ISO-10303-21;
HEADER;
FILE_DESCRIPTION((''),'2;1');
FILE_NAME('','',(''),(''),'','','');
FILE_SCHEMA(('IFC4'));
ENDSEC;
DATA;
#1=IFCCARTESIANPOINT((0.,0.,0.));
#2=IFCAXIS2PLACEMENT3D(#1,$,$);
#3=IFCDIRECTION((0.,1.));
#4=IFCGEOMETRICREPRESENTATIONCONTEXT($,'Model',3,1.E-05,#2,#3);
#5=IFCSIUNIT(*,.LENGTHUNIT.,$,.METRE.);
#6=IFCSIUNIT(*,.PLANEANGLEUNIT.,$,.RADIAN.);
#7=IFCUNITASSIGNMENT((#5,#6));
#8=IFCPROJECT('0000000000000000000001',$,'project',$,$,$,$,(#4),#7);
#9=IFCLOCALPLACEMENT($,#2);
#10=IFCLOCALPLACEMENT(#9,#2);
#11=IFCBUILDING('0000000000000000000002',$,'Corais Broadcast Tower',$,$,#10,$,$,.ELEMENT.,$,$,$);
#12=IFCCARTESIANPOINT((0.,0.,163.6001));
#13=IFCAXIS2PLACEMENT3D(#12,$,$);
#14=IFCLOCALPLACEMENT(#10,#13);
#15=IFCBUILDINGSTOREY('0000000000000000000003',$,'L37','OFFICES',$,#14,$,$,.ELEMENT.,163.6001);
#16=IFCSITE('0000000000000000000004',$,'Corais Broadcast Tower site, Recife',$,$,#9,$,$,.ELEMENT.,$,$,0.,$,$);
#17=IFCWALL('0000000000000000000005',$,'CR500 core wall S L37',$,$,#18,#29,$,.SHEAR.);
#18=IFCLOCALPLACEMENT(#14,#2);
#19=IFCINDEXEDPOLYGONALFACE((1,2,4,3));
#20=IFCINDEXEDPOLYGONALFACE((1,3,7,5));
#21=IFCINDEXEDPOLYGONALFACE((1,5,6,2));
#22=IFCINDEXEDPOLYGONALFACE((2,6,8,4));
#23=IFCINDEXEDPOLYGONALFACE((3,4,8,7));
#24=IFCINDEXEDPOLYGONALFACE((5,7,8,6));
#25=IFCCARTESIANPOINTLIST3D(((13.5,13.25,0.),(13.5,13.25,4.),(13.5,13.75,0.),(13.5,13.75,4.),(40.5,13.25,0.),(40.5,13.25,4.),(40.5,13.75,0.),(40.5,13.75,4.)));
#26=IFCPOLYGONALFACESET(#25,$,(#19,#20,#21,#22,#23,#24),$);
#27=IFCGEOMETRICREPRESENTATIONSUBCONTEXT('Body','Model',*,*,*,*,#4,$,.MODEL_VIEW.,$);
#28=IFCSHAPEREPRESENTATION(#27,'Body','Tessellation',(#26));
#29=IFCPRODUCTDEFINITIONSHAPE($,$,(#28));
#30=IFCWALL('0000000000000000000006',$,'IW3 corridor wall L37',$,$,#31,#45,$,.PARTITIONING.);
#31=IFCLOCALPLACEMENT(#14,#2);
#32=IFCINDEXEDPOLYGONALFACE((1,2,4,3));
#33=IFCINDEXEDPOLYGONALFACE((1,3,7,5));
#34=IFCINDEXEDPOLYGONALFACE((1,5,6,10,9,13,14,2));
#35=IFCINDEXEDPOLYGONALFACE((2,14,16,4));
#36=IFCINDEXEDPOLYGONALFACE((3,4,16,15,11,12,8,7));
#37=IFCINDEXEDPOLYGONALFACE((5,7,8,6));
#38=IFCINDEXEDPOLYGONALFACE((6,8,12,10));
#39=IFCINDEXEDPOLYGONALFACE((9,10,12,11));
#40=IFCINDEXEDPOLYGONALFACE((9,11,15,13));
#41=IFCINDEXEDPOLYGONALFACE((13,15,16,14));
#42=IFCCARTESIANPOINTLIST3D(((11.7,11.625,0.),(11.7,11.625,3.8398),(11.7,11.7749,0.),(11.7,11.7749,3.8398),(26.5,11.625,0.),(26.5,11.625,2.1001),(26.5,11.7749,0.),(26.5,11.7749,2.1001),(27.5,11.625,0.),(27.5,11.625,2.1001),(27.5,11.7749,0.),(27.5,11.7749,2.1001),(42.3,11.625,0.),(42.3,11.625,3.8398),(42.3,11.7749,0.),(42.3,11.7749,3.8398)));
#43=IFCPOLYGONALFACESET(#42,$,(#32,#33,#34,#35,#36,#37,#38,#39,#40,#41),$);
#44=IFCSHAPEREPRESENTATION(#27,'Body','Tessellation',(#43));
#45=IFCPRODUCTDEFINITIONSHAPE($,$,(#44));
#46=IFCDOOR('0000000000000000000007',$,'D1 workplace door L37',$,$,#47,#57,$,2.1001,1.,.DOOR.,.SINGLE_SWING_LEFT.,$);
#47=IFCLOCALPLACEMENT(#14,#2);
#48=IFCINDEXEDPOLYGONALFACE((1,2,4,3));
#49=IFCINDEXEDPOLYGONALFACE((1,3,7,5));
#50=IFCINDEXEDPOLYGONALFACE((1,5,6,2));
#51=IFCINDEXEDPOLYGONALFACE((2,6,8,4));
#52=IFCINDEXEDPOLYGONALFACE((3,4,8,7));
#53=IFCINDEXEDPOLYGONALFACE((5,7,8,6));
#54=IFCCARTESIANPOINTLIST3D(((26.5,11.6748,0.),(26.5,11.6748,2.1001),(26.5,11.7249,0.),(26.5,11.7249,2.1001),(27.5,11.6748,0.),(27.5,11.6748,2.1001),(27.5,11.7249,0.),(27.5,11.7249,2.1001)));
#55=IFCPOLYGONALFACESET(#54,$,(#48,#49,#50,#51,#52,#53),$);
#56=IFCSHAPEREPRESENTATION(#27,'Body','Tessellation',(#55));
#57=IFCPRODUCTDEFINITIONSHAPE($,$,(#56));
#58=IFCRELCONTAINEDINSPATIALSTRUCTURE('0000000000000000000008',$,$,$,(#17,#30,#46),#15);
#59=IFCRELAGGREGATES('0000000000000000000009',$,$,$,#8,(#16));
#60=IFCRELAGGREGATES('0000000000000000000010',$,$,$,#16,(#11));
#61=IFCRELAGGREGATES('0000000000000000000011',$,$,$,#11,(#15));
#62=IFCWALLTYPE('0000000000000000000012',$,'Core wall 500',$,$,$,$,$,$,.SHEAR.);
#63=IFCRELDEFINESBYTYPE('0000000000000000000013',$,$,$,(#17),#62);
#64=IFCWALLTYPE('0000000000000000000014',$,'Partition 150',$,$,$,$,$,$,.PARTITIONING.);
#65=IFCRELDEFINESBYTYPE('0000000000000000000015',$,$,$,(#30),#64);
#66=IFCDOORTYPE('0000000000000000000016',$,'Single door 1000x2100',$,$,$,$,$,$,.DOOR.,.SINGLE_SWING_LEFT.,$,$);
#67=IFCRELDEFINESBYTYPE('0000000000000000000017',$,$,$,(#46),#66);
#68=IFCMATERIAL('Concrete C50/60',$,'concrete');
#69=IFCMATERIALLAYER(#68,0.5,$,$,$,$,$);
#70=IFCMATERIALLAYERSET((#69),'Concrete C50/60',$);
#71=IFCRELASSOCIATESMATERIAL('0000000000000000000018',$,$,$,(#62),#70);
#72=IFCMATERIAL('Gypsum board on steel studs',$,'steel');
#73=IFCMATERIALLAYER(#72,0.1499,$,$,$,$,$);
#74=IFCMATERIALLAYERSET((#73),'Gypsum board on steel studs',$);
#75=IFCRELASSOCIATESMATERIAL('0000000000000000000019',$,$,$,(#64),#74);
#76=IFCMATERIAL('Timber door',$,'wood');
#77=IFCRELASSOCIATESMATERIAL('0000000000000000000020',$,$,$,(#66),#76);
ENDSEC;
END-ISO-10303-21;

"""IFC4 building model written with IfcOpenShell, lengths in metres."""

from ifc_helpers import new_model, si_unit, direction, frame, frame_2d, origin, place, context, subcontext, project, spatial, rectangle, extrude, material, layer, layer_set, type_object, element, fill, save


model = new_model("IFC4")

# Units and contexts
model_context = context("Model", 3, precision=1e-05, world=origin(), true_north=direction((0.0, 1.0)))
body_context = subcontext(model_context, "Body", "Model", "MODEL_VIEW")
ifc_project = project(units=[si_unit("LENGTHUNIT", "METRE"), si_unit("PLANEANGLEUNIT", "RADIAN")], contexts=[model_context])

# Site, building, storey
site_placement = place(None, origin())
site = spatial("IfcSite", under=ifc_project, at=site_placement, Name="Corais Broadcast Tower site, Recife", CompositionType="ELEMENT", RefElevation=0.0)
building_placement = place(site_placement, origin())
building = spatial("IfcBuilding", under=site, at=building_placement, Name="Corais Broadcast Tower", CompositionType="ELEMENT")
storey_placement = place(building_placement, frame((0.0, 0.0, 163.6001)))
storey = spatial("IfcBuildingStorey", under=building, at=storey_placement, Name="L37", Description="OFFICES", CompositionType="ELEMENT", Elevation=163.6001)

# Wall
ifc_material_1 = material(Name="Concrete C50/60", Category="concrete")
ifc_layer_1 = layer(ifc_material_1, 0.5)
ifc_layer_set_1 = layer_set([ifc_layer_1], Name="Concrete C50/60")
wall_type_1 = type_object("IfcWallType", Name="Core wall 500", PredefinedType="SHEAR", material=ifc_layer_set_1)
wall_1_placement = place(storey_placement, frame((13.5, 13.5, 0.0), z_axis=(0.0, 0.0, 1.0), x_axis=(1.0, 0.0, 0.0)))
element("IfcWall", 1, at=wall_1_placement, inside=storey, type_object=wall_type_1, Name="CR500 core wall S L37", PredefinedType="SHEAR", context=body_context, shape_type="SweptSolid", body=[
    extrude(rectangle(XDim=27.0, YDim=0.5, at=frame_2d((13.5, 0.0))), origin(), (0.0, 0.0, 1.0), 4.0),
])

# Wall, opening, door
ifc_material_2 = material(Name="Gypsum board on steel studs", Category="steel")
ifc_layer_2 = layer(ifc_material_2, 0.1499)
ifc_layer_set_2 = layer_set([ifc_layer_2], Name="Gypsum board on steel studs")
wall_type_2 = type_object("IfcWallType", Name="Partition 150", PredefinedType="PARTITIONING", material=ifc_layer_set_2)
wall_2_placement = place(storey_placement, frame((11.7, 11.7, 0.0), z_axis=(0.0, 0.0, 1.0), x_axis=(1.0, 0.0, 0.0)))
wall_2 = element("IfcWall", 2, at=wall_2_placement, inside=storey, type_object=wall_type_2, Name="IW3 corridor wall L37", PredefinedType="PARTITIONING", context=body_context, shape_type="SweptSolid", body=[
    extrude(rectangle(XDim=30.6001, YDim=0.1499, at=frame_2d((15.3, 0.0))), origin(), (0.0, 0.0, 1.0), 3.8398),
])
opening_1_placement = place(wall_2_placement, frame((14.8, 0.0, 0.0)))
opening_1 = element("IfcOpeningElement", 3, at=opening_1_placement, cuts=wall_2, PredefinedType="OPENING", context=body_context, shape_type="SweptSolid", body=[
    extrude(rectangle(XDim=1.0, YDim=2.1001, at=frame_2d((0.5, 1.05))), frame((0.0, 0.085, 0.0), z_axis=(0.0, -1.0, 0.0), x_axis=(1.0, 0.0, 0.0)), (0.0, 0.0, 1.0), 0.1699),
])
ifc_material_3 = material(Name="Timber door", Category="wood")
door_type_1 = type_object("IfcDoorType", Name="Single door 1000x2100", OperationType="SINGLE_SWING_LEFT", PredefinedType="DOOR", material=ifc_material_3)
door_1_placement = place(opening_1_placement, origin())
door_1 = element("IfcDoor", 4, at=door_1_placement, inside=storey, type_object=door_type_1, Name="D1 workplace door L37", OperationType="SINGLE_SWING_LEFT", OverallHeight=2.1001, OverallWidth=1.0, PredefinedType="DOOR", context=body_context, shape_type="SweptSolid", body=[
    extrude(rectangle(XDim=1.0, YDim=2.1001, at=frame_2d((0.5, 1.05))), frame((0.0, 0.0249, 0.0), z_axis=(0.0, -1.0, 0.0), x_axis=(1.0, 0.0, 0.0)), (0.0, 0.0, 1.0), 0.05),
])
fill(opening_1, door_1)

save(model, "model.ifc")
